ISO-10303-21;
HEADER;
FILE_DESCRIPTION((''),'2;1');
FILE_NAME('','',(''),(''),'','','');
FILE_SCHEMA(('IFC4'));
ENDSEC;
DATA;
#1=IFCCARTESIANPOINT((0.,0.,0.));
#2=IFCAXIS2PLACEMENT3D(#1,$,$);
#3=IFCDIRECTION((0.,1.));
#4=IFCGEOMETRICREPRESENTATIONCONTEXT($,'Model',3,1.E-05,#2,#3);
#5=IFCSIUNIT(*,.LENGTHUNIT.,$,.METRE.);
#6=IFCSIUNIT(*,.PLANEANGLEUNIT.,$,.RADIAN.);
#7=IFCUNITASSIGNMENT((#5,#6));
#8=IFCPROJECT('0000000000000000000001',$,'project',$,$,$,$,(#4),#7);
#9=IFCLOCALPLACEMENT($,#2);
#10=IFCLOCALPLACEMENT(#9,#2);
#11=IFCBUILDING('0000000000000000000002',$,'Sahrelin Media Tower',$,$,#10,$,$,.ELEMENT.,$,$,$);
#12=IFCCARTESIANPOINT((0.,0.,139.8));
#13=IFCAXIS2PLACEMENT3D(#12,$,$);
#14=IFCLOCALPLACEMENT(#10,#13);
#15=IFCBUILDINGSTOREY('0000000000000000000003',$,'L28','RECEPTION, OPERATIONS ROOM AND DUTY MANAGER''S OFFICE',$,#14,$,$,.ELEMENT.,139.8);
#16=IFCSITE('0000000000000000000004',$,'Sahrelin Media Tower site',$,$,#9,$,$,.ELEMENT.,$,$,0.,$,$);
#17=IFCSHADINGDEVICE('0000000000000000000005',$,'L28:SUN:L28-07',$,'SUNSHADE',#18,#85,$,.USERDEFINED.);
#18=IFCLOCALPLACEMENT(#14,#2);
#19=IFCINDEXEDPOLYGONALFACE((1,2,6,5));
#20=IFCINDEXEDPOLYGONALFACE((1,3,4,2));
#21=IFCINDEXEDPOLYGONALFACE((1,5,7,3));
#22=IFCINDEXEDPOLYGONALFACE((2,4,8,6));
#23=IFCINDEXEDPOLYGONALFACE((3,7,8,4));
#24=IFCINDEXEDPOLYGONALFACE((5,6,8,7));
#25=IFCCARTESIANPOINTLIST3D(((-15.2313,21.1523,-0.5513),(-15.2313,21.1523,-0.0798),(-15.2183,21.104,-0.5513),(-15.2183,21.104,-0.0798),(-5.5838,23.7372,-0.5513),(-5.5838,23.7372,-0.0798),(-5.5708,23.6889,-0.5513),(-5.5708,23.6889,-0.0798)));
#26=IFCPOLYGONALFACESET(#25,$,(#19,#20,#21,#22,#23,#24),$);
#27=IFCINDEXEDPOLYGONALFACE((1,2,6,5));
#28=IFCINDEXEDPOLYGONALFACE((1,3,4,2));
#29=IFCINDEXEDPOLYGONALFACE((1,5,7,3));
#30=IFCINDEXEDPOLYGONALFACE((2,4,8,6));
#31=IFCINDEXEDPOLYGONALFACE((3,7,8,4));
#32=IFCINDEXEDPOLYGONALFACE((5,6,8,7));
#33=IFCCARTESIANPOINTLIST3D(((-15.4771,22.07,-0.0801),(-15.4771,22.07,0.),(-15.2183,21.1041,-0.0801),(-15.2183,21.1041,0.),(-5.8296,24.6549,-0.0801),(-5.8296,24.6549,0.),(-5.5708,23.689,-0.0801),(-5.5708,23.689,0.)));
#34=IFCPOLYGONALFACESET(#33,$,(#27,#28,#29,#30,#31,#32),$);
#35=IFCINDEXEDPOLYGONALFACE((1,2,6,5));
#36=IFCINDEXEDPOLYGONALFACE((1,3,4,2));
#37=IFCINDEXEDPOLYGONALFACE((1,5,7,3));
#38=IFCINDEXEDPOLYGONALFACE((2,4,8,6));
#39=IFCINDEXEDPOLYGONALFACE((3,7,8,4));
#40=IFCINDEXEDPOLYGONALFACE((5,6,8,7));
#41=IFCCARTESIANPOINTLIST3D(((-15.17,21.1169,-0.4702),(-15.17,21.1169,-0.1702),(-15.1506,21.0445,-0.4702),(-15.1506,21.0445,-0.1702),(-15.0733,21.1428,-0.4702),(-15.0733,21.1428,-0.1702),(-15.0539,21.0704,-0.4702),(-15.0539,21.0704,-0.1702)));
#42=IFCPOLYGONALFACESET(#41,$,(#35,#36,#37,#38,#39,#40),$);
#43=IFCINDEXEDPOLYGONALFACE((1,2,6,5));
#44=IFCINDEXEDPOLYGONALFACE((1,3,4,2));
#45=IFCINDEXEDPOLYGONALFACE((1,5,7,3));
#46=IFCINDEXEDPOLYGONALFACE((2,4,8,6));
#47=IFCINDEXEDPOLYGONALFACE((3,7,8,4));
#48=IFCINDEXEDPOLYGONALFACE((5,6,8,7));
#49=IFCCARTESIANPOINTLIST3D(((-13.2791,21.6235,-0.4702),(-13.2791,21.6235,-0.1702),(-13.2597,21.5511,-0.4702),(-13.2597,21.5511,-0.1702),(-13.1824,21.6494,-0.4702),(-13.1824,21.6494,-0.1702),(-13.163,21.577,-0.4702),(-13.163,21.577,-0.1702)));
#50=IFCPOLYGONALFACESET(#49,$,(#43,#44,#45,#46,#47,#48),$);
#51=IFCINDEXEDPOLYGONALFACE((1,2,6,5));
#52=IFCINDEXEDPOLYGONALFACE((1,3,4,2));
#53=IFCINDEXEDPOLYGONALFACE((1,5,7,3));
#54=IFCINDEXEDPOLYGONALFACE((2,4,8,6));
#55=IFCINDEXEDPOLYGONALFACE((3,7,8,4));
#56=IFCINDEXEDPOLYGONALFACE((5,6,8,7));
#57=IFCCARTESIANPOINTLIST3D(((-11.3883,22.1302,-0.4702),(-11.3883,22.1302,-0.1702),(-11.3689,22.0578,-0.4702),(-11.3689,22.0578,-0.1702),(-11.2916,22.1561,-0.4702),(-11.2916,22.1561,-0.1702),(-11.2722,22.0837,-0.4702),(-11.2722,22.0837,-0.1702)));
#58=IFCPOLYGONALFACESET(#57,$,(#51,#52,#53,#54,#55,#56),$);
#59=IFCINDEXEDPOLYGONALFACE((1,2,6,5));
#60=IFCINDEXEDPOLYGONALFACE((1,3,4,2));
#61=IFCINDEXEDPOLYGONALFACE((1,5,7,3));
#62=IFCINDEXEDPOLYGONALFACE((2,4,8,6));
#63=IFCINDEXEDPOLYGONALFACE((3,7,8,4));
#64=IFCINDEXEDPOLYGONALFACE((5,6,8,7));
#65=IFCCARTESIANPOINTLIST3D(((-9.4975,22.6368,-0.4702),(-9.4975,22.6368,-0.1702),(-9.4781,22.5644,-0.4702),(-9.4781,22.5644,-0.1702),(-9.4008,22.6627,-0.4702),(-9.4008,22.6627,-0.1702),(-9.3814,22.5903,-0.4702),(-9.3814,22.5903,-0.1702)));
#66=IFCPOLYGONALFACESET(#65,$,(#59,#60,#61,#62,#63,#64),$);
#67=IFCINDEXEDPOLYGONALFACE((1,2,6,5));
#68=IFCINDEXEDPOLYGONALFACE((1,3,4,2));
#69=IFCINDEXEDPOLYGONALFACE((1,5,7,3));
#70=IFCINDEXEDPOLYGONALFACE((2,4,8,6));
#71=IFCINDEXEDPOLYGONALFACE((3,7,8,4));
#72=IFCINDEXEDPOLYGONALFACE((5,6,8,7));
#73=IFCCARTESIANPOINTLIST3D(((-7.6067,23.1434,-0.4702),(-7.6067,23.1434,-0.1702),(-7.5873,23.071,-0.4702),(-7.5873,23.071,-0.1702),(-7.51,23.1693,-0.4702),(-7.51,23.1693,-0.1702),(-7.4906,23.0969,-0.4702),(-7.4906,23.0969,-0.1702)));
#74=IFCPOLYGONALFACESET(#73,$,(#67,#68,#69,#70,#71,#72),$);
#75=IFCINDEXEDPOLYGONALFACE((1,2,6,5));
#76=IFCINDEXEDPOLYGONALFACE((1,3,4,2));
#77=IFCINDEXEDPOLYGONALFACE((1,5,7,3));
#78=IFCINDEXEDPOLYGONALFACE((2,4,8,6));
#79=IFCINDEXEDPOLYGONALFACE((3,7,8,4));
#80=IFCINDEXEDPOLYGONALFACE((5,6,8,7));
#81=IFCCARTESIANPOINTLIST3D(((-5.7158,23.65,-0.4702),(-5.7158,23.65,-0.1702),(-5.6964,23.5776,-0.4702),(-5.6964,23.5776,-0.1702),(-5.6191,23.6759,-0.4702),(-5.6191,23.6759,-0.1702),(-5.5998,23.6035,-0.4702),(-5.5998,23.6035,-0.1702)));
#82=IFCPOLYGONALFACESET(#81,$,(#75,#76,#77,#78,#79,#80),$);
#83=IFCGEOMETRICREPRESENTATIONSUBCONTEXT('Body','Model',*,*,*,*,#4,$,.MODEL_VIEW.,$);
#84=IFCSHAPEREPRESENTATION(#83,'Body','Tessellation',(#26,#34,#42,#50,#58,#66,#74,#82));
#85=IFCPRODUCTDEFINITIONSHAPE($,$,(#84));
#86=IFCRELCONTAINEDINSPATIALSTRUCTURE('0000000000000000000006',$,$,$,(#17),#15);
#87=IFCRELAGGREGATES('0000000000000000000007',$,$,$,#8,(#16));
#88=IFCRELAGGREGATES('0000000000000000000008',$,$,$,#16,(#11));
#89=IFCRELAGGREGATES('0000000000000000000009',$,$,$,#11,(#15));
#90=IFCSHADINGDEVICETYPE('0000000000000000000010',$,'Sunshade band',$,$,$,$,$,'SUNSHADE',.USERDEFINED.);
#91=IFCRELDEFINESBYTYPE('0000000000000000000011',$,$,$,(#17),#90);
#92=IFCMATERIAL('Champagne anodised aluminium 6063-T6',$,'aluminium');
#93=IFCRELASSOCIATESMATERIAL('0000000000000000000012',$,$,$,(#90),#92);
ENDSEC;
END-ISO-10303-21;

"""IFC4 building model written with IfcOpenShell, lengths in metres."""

from ifc_helpers import new_model, si_unit, direction, frame, origin, origin_2d, place, context, subcontext, project, spatial, rectangle, extrude, material, type_object, element, save


model = new_model("IFC4")

# Units and contexts
model_context = context("Model", 3, precision=1e-05, world=origin(), true_north=direction((0.0, 1.0)))
body_context = subcontext(model_context, "Body", "Model", "MODEL_VIEW")
ifc_project = project(units=[si_unit("LENGTHUNIT", "METRE"), si_unit("PLANEANGLEUNIT", "RADIAN")], contexts=[model_context])

# Site, building, storey
site_placement = place(None, origin())
site = spatial("IfcSite", under=ifc_project, at=site_placement, Name="Sahrelin Media Tower site", CompositionType="ELEMENT", RefElevation=0.0)
building_placement = place(site_placement, origin())
building = spatial("IfcBuilding", under=site, at=building_placement, Name="Sahrelin Media Tower", CompositionType="ELEMENT")
storey_placement = place(building_placement, frame((0.0, 0.0, 139.8)))
storey = spatial("IfcBuildingStorey", under=building, at=storey_placement, Name="L28", Description="RECEPTION, OPERATIONS ROOM AND DUTY MANAGER'S OFFICE", CompositionType="ELEMENT", Elevation=139.8)

# Shared definitions
ifc_material_1 = material(Name="Champagne anodised aluminium 6063-T6", Category="aluminium")

# Shading device
placement_1 = place(storey_placement, frame((-10.3894, 22.3772, 0.0), z_axis=(0.0, 0.0, 1.0), x_axis=(0.965929, 0.258808, 0.0)))
shading_device_type_1 = type_object("IfcShadingDeviceType", Name="Sunshade band", ElementType="SUNSHADE", PredefinedType="USERDEFINED", material=ifc_material_1)
element("IfcShadingDevice", 1, at=placement_1, inside=storey, type_object=shading_device_type_1, Name="L28:SUN:L28-07", ObjectType="SUNSHADE", PredefinedType="USERDEFINED", context=body_context, shape_type="SweptSolid", body=[
    extrude(rectangle(XDim=9.9878, YDim=0.05, at=origin_2d()), frame((0.0, 0.0449, -0.5513)), (0.0, 0.0, 1.0), 0.4714),
    extrude(rectangle(XDim=9.9878, YDim=1.0, at=origin_2d()), frame((0.0, 0.52, -0.0801)), (0.0, 0.0, 1.0), 0.0801),
    extrude(rectangle(XDim=0.1001, YDim=0.075, at=origin_2d()), frame((-4.8938, -0.0176, -0.4702)), (0.0, 0.0, 1.0), 0.3),
    extrude(rectangle(XDim=0.1001, YDim=0.075, at=origin_2d()), frame((-2.9363, -0.0176, -0.4702)), (0.0, 0.0, 1.0), 0.3),
    extrude(rectangle(XDim=0.1001, YDim=0.075, at=origin_2d()), frame((-0.9788, -0.0176, -0.4702)), (0.0, 0.0, 1.0), 0.3),
    extrude(rectangle(XDim=0.1001, YDim=0.075, at=origin_2d()), frame((0.9788, -0.0176, -0.4702)), (0.0, 0.0, 1.0), 0.3),
    extrude(rectangle(XDim=0.1001, YDim=0.075, at=origin_2d()), frame((2.9363, -0.0176, -0.4702)), (0.0, 0.0, 1.0), 0.3),
    extrude(rectangle(XDim=0.1001, YDim=0.075, at=origin_2d()), frame((4.8938, -0.0176, -0.4702)), (0.0, 0.0, 1.0), 0.3),
])

save(model, "model.ifc")
